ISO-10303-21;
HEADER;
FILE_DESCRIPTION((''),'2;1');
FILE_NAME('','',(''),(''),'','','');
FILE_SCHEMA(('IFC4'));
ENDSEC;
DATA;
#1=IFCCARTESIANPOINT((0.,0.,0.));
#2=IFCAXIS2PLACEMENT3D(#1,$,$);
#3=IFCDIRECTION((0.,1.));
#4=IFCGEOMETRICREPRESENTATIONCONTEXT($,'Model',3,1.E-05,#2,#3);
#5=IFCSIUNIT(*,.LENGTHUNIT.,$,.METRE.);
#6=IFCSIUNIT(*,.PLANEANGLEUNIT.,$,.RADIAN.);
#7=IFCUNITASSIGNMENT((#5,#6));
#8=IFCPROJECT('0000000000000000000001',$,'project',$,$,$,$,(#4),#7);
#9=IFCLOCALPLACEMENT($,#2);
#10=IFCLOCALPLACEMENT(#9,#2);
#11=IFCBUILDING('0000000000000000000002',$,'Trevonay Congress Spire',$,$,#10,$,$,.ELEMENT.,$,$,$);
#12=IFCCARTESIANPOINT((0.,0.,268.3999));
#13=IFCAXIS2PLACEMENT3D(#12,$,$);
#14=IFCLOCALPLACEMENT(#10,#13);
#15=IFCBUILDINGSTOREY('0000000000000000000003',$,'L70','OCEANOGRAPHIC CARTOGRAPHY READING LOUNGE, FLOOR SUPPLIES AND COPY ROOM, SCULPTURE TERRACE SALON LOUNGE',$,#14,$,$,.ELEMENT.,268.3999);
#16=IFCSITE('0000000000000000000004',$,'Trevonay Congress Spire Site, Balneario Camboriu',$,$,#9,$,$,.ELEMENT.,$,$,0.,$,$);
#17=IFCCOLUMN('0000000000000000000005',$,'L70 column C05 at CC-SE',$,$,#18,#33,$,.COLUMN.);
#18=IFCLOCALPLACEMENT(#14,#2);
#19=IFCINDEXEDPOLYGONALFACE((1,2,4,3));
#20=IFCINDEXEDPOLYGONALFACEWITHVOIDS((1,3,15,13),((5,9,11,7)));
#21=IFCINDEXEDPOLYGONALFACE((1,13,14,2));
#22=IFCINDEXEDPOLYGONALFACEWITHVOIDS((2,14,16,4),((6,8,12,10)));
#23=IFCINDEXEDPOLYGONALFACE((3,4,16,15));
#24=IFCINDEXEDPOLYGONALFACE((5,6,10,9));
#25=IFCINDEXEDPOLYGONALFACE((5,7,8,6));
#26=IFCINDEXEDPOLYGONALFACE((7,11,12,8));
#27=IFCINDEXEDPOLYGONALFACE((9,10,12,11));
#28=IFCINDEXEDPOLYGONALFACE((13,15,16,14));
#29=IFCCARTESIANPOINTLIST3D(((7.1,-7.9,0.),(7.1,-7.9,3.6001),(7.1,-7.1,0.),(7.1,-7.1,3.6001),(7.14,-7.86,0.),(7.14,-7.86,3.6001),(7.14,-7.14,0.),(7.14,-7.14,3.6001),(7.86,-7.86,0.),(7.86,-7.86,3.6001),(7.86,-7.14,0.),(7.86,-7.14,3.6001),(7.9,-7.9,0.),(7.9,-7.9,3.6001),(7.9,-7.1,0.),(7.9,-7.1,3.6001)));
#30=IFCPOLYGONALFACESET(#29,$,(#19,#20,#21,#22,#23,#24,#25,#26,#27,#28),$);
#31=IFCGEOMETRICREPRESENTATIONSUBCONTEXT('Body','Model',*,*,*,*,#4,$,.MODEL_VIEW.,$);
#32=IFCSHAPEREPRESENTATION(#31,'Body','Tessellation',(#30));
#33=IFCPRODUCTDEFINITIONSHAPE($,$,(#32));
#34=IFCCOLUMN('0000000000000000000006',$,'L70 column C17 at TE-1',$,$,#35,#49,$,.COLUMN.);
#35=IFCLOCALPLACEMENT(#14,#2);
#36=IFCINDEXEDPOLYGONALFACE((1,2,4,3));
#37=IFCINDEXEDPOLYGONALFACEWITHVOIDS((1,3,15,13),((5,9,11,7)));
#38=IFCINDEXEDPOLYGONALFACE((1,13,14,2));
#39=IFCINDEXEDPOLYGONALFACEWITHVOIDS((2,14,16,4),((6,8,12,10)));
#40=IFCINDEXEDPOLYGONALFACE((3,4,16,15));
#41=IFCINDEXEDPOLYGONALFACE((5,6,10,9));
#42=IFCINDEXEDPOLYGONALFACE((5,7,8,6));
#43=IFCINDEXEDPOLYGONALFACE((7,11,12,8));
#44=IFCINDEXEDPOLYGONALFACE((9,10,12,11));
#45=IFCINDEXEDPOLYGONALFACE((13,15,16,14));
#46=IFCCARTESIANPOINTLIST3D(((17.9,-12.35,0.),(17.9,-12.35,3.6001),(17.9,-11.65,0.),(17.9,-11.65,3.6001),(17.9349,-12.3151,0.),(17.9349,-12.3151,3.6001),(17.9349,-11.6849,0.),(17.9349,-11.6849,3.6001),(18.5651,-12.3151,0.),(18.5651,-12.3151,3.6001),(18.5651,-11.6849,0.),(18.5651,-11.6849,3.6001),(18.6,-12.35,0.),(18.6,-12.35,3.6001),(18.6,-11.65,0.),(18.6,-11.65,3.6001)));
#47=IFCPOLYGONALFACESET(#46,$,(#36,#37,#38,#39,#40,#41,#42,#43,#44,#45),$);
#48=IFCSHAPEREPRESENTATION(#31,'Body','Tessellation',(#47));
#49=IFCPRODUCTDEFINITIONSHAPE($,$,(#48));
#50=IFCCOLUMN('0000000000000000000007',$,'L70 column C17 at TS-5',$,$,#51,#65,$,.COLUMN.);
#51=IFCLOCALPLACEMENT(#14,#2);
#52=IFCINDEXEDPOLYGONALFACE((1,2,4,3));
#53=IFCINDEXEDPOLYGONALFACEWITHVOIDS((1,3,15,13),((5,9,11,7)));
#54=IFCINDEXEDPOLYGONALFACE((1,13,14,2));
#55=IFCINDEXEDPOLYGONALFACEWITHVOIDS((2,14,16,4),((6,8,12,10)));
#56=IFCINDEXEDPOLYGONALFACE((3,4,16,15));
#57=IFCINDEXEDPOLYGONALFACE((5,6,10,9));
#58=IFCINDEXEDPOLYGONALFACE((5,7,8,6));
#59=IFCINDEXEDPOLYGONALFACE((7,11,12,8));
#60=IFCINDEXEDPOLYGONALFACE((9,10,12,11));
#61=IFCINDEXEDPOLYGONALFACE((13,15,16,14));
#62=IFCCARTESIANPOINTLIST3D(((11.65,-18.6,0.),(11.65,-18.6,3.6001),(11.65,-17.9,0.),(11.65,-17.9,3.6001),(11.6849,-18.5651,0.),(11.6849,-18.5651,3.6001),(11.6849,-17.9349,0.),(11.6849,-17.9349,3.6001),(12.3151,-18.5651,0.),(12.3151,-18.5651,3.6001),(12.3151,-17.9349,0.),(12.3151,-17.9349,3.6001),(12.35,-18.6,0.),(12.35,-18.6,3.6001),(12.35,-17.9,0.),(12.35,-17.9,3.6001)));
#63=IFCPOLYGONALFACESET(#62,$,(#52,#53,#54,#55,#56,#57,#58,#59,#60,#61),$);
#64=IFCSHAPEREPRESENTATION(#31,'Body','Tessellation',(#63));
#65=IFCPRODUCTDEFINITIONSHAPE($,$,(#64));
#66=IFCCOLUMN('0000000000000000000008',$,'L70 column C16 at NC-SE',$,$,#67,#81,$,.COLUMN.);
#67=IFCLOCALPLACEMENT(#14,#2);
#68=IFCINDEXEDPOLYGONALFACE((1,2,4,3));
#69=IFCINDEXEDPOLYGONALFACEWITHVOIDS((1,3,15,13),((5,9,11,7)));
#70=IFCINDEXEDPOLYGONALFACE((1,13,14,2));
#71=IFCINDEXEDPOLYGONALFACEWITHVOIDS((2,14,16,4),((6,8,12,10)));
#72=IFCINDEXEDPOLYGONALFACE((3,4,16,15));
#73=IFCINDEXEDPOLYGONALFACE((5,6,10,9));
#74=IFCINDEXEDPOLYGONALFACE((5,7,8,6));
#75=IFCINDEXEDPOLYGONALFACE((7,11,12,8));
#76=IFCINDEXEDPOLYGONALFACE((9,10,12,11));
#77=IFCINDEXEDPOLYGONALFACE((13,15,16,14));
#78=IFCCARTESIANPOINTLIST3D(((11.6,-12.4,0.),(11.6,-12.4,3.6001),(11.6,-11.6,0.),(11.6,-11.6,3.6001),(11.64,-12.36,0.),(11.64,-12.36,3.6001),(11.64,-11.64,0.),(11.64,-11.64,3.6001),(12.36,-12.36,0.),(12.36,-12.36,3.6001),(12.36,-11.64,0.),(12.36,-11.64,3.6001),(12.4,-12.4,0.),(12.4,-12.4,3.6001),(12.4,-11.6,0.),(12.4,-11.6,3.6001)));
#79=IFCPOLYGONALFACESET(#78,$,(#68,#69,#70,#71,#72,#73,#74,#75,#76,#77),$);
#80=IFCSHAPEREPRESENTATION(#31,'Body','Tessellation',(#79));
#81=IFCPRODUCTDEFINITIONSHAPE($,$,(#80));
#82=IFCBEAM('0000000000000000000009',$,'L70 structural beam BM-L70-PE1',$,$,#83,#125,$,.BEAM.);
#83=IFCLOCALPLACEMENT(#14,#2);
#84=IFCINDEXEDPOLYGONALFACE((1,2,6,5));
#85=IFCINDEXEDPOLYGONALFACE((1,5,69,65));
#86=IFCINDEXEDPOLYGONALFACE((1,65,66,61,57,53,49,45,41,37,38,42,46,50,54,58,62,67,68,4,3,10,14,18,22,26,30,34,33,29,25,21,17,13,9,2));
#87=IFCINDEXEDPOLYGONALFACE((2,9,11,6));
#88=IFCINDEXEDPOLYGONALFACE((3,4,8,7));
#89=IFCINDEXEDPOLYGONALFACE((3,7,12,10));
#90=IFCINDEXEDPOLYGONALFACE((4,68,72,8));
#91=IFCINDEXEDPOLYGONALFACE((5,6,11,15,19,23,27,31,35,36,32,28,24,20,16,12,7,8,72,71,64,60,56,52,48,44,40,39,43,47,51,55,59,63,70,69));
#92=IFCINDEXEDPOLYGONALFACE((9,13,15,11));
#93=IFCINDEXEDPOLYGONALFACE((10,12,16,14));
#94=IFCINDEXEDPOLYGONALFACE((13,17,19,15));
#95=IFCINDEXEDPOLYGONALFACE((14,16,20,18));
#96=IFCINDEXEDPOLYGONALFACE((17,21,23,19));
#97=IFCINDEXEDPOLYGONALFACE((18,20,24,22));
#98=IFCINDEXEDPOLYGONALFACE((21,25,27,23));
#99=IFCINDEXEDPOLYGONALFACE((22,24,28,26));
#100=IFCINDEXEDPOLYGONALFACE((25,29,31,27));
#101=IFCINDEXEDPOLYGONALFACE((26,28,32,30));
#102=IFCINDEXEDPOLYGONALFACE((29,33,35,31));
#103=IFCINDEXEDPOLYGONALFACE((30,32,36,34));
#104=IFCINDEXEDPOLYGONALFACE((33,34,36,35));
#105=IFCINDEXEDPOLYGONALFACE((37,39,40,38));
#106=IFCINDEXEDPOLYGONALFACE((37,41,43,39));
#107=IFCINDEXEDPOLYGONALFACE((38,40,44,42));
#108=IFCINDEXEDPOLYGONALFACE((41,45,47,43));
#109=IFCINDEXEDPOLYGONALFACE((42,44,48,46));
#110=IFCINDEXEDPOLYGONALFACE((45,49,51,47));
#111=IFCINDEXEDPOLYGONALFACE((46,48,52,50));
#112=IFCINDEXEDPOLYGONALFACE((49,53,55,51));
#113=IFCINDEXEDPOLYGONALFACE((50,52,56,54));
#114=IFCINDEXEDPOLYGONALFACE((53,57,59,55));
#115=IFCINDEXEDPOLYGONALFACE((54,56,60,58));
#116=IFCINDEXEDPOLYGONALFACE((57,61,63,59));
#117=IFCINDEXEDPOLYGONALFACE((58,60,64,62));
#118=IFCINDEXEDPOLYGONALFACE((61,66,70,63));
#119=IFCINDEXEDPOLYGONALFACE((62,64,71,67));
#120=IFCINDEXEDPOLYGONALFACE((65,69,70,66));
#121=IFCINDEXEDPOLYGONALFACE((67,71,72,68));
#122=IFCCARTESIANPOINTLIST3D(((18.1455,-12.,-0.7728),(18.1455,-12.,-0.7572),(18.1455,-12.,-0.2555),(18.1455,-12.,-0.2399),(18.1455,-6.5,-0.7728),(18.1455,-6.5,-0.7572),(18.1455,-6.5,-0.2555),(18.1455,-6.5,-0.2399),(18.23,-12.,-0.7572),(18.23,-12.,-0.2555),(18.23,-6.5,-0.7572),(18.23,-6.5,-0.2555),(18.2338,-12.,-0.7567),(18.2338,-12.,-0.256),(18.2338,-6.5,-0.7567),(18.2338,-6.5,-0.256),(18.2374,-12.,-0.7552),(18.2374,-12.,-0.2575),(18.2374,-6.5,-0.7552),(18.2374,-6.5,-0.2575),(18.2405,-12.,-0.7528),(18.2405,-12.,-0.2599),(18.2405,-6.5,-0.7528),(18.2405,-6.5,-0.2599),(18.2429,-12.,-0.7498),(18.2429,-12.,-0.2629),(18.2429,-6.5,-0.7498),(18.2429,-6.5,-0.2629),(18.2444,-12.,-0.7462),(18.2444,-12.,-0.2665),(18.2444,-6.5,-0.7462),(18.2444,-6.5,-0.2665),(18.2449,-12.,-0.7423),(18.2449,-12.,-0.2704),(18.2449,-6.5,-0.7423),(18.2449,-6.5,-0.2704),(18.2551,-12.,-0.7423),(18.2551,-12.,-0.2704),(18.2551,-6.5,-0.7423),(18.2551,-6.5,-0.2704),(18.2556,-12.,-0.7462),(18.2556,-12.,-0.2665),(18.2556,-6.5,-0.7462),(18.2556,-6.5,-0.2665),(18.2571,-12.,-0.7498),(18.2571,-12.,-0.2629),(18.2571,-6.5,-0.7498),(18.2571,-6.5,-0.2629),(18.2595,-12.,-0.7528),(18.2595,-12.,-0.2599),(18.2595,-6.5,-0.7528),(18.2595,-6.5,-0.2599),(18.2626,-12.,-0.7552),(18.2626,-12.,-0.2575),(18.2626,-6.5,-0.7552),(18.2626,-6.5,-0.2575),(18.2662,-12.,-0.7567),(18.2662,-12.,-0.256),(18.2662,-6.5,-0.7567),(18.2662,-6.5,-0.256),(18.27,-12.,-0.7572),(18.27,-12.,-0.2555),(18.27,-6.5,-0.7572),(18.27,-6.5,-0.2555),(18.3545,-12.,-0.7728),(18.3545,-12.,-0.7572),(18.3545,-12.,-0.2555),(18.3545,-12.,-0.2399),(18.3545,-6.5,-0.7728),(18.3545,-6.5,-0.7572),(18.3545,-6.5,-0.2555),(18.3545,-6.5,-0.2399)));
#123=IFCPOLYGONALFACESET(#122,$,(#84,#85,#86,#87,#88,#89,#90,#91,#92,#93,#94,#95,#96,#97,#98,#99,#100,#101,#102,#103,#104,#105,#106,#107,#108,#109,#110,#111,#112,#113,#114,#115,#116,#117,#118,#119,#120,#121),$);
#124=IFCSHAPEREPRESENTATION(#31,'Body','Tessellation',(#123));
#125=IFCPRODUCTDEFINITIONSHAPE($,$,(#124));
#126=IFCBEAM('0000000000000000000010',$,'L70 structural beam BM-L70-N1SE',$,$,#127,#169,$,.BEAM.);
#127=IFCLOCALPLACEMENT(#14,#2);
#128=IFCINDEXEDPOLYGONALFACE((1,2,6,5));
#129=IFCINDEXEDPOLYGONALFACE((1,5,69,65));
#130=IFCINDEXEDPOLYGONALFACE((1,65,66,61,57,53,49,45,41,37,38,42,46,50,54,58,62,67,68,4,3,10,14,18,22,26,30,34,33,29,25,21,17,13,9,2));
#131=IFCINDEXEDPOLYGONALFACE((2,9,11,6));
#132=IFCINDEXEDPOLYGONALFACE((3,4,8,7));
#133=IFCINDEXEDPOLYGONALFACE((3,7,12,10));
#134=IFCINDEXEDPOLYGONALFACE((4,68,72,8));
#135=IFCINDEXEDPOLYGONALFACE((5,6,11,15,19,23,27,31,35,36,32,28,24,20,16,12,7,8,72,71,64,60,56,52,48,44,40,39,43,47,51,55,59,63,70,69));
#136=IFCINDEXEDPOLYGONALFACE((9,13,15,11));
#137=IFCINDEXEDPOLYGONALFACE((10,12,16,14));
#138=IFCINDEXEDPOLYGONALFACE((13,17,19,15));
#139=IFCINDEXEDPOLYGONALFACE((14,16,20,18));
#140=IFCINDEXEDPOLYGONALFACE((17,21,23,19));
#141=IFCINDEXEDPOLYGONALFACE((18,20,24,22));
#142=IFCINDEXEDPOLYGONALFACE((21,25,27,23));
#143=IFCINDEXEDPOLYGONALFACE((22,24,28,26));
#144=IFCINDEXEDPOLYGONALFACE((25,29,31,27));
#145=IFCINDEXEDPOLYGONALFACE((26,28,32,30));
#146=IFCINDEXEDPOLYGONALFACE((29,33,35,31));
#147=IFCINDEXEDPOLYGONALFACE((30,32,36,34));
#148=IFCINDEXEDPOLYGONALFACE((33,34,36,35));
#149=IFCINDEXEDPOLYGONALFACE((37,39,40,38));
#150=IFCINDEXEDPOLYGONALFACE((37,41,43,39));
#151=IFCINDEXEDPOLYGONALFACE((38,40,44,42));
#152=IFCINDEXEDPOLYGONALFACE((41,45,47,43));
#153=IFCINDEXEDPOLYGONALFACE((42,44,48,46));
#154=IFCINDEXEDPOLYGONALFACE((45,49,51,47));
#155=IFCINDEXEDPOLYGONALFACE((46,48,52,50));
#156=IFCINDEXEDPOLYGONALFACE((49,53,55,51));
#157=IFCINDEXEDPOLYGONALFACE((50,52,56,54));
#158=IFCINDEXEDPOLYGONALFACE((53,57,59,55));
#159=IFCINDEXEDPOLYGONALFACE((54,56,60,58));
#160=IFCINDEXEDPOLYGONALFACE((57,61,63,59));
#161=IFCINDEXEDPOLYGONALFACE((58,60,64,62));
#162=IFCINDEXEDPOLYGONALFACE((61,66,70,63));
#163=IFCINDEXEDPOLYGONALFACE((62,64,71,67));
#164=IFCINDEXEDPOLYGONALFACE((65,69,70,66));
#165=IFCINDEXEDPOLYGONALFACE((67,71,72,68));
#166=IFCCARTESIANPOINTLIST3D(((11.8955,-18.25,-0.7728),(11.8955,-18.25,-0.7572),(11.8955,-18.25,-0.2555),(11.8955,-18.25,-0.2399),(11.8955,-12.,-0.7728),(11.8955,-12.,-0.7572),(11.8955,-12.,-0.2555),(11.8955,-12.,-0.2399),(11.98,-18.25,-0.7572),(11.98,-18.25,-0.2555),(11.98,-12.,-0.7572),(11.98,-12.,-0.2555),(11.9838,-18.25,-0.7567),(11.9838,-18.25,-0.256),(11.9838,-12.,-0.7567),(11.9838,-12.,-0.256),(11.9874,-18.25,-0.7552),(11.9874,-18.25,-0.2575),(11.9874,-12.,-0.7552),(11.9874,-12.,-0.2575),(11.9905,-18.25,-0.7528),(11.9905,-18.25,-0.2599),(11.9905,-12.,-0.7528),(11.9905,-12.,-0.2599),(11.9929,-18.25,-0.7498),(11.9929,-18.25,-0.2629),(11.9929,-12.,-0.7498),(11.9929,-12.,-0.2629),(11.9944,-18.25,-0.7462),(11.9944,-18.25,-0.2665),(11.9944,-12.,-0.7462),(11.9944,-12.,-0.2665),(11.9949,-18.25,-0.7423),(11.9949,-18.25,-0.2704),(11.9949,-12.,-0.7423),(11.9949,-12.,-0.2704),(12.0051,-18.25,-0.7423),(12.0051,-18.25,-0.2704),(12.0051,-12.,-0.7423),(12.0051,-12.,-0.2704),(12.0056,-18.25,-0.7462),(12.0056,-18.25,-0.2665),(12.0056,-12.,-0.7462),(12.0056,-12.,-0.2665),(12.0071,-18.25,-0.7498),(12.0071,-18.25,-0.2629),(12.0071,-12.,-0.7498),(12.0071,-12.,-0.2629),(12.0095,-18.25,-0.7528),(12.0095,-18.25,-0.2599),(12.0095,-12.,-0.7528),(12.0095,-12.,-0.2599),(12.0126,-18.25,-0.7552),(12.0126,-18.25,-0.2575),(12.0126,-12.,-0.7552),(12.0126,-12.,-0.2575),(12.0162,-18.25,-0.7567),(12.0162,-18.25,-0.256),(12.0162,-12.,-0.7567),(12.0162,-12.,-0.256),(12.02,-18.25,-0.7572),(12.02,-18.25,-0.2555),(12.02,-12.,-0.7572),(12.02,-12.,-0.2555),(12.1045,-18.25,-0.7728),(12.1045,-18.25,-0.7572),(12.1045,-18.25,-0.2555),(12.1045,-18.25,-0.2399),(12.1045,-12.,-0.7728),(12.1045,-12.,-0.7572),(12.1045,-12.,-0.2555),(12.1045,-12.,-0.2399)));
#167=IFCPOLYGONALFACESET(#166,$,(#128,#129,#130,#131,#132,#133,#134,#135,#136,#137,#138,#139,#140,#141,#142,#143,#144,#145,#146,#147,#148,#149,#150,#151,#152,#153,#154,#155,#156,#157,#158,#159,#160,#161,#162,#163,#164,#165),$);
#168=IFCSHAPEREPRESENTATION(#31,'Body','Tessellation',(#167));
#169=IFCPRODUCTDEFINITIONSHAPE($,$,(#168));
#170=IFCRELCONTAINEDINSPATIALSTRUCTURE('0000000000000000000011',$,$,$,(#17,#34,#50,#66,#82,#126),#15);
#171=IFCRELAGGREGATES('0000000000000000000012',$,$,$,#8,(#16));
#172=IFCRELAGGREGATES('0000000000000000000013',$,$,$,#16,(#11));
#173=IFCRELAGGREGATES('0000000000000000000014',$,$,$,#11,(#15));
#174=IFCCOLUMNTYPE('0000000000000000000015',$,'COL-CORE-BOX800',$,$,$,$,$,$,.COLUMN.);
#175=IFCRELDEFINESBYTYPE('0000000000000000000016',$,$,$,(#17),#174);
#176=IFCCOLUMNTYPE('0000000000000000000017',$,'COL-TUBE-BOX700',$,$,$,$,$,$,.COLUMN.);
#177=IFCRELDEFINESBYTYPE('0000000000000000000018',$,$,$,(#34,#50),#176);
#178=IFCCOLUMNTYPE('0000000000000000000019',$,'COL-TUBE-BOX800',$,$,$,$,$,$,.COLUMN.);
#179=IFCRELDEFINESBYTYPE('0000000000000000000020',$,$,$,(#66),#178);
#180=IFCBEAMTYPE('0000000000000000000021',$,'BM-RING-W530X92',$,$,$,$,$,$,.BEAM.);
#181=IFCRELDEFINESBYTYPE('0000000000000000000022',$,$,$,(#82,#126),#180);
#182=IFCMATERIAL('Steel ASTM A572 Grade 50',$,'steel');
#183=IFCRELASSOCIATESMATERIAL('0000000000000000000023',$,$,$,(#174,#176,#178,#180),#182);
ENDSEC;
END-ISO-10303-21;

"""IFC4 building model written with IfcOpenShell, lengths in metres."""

from ifc_helpers import new_model, si_unit, direction, frame, origin, origin_2d, place, context, subcontext, project, spatial, hollow_rectangle, i_section, extrude, material, material_profile, profile_set, type_object, element, save


model = new_model("IFC4")

# Units and contexts
model_context = context("Model", 3, precision=1e-05, world=origin(), true_north=direction((0.0, 1.0)))
body_context = subcontext(model_context, "Body", "Model", "MODEL_VIEW")
ifc_project = project(units=[si_unit("LENGTHUNIT", "METRE"), si_unit("PLANEANGLEUNIT", "RADIAN")], contexts=[model_context])

# Site, building, storey
site_placement = place(None, origin())
site = spatial("IfcSite", under=ifc_project, at=site_placement, Name="Trevonay Congress Spire Site, Balneario Camboriu", CompositionType="ELEMENT", RefElevation=0.0)
building_placement = place(site_placement, origin())
building = spatial("IfcBuilding", under=site, at=building_placement, Name="Trevonay Congress Spire", CompositionType="ELEMENT")
storey_placement = place(building_placement, frame((0.0, 0.0, 268.3999)))
storey = spatial("IfcBuildingStorey", under=building, at=storey_placement, Name="L70", Description="OCEANOGRAPHIC CARTOGRAPHY READING LOUNGE, FLOOR SUPPLIES AND COPY ROOM, SCULPTURE TERRACE SALON LOUNGE", CompositionType="ELEMENT", Elevation=268.3999)

# Columns
ifc_material_1 = material(Name="Steel ASTM A572 Grade 50", Category="steel")
ifc_material_profile_1 = material_profile(ifc_material_1, hollow_rectangle(XDim=0.8, YDim=0.8, WallThickness=0.04, at=origin_2d()), Name="BOX 800x800x40")
ifc_profile_set_1 = profile_set([ifc_material_profile_1], Name="Steel ASTM A572 Grade 50")
column_type_1 = type_object("IfcColumnType", Name="COL-CORE-BOX800", PredefinedType="COLUMN", material=ifc_profile_set_1)
column_1_placement = place(storey_placement, frame((7.5, -7.5, 0.0), z_axis=(0.0, 0.0, 1.0), x_axis=(1.0, 0.0, 0.0)))
element("IfcColumn", 1, at=column_1_placement, inside=storey, type_object=column_type_1, Name="L70 column C05 at CC-SE", PredefinedType="COLUMN", context=body_context, shape_type="SweptSolid", body=[
    extrude(hollow_rectangle(XDim=0.8, YDim=0.8, WallThickness=0.04, at=origin_2d()), origin(), (0.0, 0.0, 1.0), 3.6001),
])
ifc_material_profile_2 = material_profile(ifc_material_1, hollow_rectangle(XDim=0.7, YDim=0.7, WallThickness=0.0349, at=origin_2d()), Name="BOX 700x700x35")
ifc_profile_set_2 = profile_set([ifc_material_profile_2], Name="Steel ASTM A572 Grade 50")
column_type_2 = type_object("IfcColumnType", Name="COL-TUBE-BOX700", PredefinedType="COLUMN", material=ifc_profile_set_2)
for number, where, z_axis, x_axis, name in (
    (2, (18.25, -12.0, 0.0), (0.0, 0.0, 1.0), (1.0, 0.0, 0.0), "L70 column C17 at TE-1"),
    (3, (12.0, -18.25, 0.0), (0.0, 0.0, 1.0), (1.0, 0.0, 0.0), "L70 column C17 at TS-5"),
):
    element("IfcColumn", number, at=place(storey_placement, frame(where, z_axis=z_axis, x_axis=x_axis)), inside=storey, type_object=column_type_2, Name=name, PredefinedType="COLUMN", context=body_context, shape_type="SweptSolid", body=[
        extrude(hollow_rectangle(XDim=0.7, YDim=0.7, WallThickness=0.0349, at=origin_2d()), origin(), (0.0, 0.0, 1.0), 3.6001),
    ])
ifc_material_profile_3 = material_profile(ifc_material_1, hollow_rectangle(XDim=0.8, YDim=0.8, WallThickness=0.04, at=origin_2d()), Name="BOX 800x800x40")
ifc_profile_set_3 = profile_set([ifc_material_profile_3], Name="Steel ASTM A572 Grade 50")
column_type_3 = type_object("IfcColumnType", Name="COL-TUBE-BOX800", PredefinedType="COLUMN", material=ifc_profile_set_3)
column_2_placement = place(storey_placement, frame((12.0, -12.0, 0.0), z_axis=(0.0, 0.0, 1.0), x_axis=(1.0, 0.0, 0.0)))
element("IfcColumn", 4, at=column_2_placement, inside=storey, type_object=column_type_3, Name="L70 column C16 at NC-SE", PredefinedType="COLUMN", context=body_context, shape_type="SweptSolid", body=[
    extrude(hollow_rectangle(XDim=0.8, YDim=0.8, WallThickness=0.04, at=origin_2d()), origin(), (0.0, 0.0, 1.0), 3.6001),
])

# Beams
ifc_material_profile_4 = material_profile(ifc_material_1, i_section(OverallWidth=0.209, OverallDepth=0.533, WebThickness=0.0103, FlangeThickness=0.0156, FilletRadius=0.0149, at=origin_2d()), Name="W530x92")
ifc_profile_set_4 = profile_set([ifc_material_profile_4], Name="Steel ASTM A572 Grade 50")
beam_type = type_object("IfcBeamType", Name="BM-RING-W530X92", PredefinedType="BEAM", material=ifc_profile_set_4)
beam_placement = place(storey_placement, frame((18.25, -12.0, -0.5063), z_axis=(0.0, 1.0, 0.0), x_axis=(-1.0, 0.0, 0.0)))
element("IfcBeam", 5, at=beam_placement, inside=storey, type_object=beam_type, Name="L70 structural beam BM-L70-PE1", PredefinedType="BEAM", context=body_context, shape_type="SweptSolid", body=[
    extrude(i_section(OverallWidth=0.209, OverallDepth=0.533, WebThickness=0.0103, FlangeThickness=0.0156, FilletRadius=0.0149, at=origin_2d()), origin(), (0.0, 0.0, 1.0), 5.5),
])
for number, where, z_axis, x_axis, name in (
    (6, (12.0, -18.25, -0.5063), (0.0, 1.0, 0.0), (-1.0, 0.0, 0.0), "L70 structural beam BM-L70-N1SE"),
):
    element("IfcBeam", number, at=place(storey_placement, frame(where, z_axis=z_axis, x_axis=x_axis)), inside=storey, type_object=beam_type, Name=name, PredefinedType="BEAM", context=body_context, shape_type="SweptSolid", body=[
        extrude(i_section(OverallWidth=0.209, OverallDepth=0.533, WebThickness=0.0103, FlangeThickness=0.0156, FilletRadius=0.0149, at=origin_2d()), origin(), (0.0, 0.0, 1.0), 6.25),
    ])

save(model, "model.ifc")
